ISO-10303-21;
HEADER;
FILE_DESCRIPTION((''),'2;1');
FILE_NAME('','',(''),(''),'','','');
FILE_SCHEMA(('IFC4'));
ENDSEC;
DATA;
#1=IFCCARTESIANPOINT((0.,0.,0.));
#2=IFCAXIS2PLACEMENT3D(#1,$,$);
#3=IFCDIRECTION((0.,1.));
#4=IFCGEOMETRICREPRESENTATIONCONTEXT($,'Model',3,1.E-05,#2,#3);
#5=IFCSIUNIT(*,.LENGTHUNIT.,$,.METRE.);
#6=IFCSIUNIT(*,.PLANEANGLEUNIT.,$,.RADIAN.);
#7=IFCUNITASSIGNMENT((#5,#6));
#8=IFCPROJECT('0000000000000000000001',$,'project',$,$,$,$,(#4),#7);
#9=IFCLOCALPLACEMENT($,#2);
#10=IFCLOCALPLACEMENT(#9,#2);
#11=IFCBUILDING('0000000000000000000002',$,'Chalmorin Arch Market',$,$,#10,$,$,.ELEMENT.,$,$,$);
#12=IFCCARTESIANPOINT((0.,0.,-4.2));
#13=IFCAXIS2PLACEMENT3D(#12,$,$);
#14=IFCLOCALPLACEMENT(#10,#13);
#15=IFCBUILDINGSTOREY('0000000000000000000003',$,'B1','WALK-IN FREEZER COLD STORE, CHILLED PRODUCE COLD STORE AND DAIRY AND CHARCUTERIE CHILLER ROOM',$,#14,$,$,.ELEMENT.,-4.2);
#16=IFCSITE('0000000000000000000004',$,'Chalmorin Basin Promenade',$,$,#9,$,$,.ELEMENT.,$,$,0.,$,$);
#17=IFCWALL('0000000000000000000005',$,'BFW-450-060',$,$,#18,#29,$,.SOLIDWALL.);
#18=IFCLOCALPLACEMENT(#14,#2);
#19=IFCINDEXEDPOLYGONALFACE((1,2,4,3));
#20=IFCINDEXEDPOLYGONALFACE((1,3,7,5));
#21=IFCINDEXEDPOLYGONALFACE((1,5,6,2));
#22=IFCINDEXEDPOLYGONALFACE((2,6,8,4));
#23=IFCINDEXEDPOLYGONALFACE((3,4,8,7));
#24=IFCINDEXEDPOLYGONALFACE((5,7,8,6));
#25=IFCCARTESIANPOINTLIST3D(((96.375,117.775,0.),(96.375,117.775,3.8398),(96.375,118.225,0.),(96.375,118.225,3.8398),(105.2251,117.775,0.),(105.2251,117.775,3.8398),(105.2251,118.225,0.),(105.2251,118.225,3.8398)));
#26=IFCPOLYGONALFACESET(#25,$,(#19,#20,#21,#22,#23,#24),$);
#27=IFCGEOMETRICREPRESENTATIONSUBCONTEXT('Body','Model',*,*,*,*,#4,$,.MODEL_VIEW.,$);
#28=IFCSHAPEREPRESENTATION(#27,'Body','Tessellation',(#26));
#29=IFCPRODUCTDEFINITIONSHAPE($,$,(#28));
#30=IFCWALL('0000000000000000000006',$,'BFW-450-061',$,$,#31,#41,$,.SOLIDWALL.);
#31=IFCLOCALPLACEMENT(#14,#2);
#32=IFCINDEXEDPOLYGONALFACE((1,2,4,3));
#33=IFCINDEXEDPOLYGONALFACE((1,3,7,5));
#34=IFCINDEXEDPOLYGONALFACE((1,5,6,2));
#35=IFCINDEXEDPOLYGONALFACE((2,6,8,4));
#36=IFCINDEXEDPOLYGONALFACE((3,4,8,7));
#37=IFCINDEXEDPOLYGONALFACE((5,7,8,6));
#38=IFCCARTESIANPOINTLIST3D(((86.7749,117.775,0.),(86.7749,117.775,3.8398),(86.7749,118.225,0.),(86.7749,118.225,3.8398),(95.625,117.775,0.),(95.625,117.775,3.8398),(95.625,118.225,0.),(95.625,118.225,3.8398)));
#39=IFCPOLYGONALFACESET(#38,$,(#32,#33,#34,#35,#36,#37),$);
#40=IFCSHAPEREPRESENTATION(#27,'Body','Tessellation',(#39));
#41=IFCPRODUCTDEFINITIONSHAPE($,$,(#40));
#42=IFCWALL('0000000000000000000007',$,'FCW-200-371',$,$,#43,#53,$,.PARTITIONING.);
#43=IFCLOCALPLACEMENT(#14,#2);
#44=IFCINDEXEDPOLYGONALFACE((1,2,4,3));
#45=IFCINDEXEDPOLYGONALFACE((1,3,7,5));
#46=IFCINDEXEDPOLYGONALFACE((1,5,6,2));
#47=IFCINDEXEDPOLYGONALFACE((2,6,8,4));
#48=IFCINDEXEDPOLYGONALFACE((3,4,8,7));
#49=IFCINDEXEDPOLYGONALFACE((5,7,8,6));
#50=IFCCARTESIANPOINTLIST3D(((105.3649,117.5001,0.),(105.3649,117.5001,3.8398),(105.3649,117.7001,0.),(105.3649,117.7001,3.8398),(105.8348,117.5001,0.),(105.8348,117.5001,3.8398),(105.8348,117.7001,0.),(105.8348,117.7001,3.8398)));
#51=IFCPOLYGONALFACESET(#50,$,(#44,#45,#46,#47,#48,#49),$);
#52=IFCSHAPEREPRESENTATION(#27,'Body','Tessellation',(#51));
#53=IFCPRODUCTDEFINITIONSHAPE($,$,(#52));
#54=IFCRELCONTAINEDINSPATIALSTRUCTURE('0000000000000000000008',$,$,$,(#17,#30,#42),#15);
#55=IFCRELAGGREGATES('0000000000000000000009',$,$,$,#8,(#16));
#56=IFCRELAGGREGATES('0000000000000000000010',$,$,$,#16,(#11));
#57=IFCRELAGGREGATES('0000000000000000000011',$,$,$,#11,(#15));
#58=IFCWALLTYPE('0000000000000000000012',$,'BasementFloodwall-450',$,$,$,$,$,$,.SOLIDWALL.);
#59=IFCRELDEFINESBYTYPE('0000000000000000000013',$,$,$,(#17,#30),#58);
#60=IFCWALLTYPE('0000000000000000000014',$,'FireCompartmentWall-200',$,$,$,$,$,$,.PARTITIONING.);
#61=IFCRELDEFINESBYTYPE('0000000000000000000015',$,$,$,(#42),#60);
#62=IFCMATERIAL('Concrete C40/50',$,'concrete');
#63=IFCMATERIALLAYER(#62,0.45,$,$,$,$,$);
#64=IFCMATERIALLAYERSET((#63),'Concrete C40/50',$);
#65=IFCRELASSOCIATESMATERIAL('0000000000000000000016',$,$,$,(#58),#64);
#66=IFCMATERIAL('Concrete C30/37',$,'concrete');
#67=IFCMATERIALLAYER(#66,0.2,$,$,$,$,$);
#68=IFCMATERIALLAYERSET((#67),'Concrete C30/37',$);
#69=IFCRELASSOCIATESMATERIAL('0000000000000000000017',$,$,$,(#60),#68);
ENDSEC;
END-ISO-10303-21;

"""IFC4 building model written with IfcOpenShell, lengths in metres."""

from ifc_helpers import new_model, si_unit, direction, frame, frame_2d, origin, place, context, subcontext, project, spatial, rectangle, extrude, material, layer, layer_set, type_object, element, save


model = new_model("IFC4")

# Units and contexts
model_context = context("Model", 3, precision=1e-05, world=origin(), true_north=direction((0.0, 1.0)))
body_context = subcontext(model_context, "Body", "Model", "MODEL_VIEW")
ifc_project = project(units=[si_unit("LENGTHUNIT", "METRE"), si_unit("PLANEANGLEUNIT", "RADIAN")], contexts=[model_context])

# Site, building, storey
site_placement = place(None, origin())
site = spatial("IfcSite", under=ifc_project, at=site_placement, Name="Chalmorin Basin Promenade", CompositionType="ELEMENT", RefElevation=0.0)
building_placement = place(site_placement, origin())
building = spatial("IfcBuilding", under=site, at=building_placement, Name="Chalmorin Arch Market", CompositionType="ELEMENT")
storey_placement = place(building_placement, frame((0.0, 0.0, -4.2)))
storey = spatial("IfcBuildingStorey", under=building, at=storey_placement, Name="B1", Description="WALK-IN FREEZER COLD STORE, CHILLED PRODUCE COLD STORE AND DAIRY AND CHARCUTERIE CHILLER ROOM", CompositionType="ELEMENT", Elevation=-4.2)

# Shared definitions
ifc_material_1 = material(Name="Concrete C40/50", Category="concrete")

# Walls
ifc_layer_1 = layer(ifc_material_1, 0.45)
ifc_layer_set_1 = layer_set([ifc_layer_1], Name="Concrete C40/50")
wall_type_1 = type_object("IfcWallType", Name="BasementFloodwall-450", PredefinedType="SOLIDWALL", material=ifc_layer_set_1)
for number, where, z_axis, x_axis, name in (
    (1, (105.2251, 118.0, 0.0), (0.0, 0.0, 1.0), (-1.0, 0.0, 0.0), "BFW-450-060"),
    (2, (95.625, 118.0, 0.0), (0.0, 0.0, 1.0), (-1.0, 0.0, 0.0), "BFW-450-061"),
):
    element("IfcWall", number, at=place(storey_placement, frame(where, z_axis=z_axis, x_axis=x_axis)), inside=storey, type_object=wall_type_1, Name=name, PredefinedType="SOLIDWALL", context=body_context, shape_type="SweptSolid", body=[
        extrude(rectangle(XDim=8.8501, YDim=0.45, at=frame_2d((4.425, 0.0))), origin(), (0.0, 0.0, 1.0), 3.8398),
    ])
ifc_material_2 = material(Name="Concrete C30/37", Category="concrete")
ifc_layer_2 = layer(ifc_material_2, 0.2)
ifc_layer_set_2 = layer_set([ifc_layer_2], Name="Concrete C30/37")
wall_type_2 = type_object("IfcWallType", Name="FireCompartmentWall-200", PredefinedType="PARTITIONING", material=ifc_layer_set_2)
wall_placement = place(storey_placement, frame((105.365, 117.6001, 0.0), z_axis=(0.0, 0.0, 1.0), x_axis=(1.0, 0.0, 0.0)))
element("IfcWall", 3, at=wall_placement, inside=storey, type_object=wall_type_2, Name="FCW-200-371", PredefinedType="PARTITIONING", context=body_context, shape_type="SweptSolid", body=[
    extrude(rectangle(XDim=0.47, YDim=0.2, at=frame_2d((0.2349, 0.0))), origin(), (0.0, 0.0, 1.0), 3.8398),
])

save(model, "model.ifc")
